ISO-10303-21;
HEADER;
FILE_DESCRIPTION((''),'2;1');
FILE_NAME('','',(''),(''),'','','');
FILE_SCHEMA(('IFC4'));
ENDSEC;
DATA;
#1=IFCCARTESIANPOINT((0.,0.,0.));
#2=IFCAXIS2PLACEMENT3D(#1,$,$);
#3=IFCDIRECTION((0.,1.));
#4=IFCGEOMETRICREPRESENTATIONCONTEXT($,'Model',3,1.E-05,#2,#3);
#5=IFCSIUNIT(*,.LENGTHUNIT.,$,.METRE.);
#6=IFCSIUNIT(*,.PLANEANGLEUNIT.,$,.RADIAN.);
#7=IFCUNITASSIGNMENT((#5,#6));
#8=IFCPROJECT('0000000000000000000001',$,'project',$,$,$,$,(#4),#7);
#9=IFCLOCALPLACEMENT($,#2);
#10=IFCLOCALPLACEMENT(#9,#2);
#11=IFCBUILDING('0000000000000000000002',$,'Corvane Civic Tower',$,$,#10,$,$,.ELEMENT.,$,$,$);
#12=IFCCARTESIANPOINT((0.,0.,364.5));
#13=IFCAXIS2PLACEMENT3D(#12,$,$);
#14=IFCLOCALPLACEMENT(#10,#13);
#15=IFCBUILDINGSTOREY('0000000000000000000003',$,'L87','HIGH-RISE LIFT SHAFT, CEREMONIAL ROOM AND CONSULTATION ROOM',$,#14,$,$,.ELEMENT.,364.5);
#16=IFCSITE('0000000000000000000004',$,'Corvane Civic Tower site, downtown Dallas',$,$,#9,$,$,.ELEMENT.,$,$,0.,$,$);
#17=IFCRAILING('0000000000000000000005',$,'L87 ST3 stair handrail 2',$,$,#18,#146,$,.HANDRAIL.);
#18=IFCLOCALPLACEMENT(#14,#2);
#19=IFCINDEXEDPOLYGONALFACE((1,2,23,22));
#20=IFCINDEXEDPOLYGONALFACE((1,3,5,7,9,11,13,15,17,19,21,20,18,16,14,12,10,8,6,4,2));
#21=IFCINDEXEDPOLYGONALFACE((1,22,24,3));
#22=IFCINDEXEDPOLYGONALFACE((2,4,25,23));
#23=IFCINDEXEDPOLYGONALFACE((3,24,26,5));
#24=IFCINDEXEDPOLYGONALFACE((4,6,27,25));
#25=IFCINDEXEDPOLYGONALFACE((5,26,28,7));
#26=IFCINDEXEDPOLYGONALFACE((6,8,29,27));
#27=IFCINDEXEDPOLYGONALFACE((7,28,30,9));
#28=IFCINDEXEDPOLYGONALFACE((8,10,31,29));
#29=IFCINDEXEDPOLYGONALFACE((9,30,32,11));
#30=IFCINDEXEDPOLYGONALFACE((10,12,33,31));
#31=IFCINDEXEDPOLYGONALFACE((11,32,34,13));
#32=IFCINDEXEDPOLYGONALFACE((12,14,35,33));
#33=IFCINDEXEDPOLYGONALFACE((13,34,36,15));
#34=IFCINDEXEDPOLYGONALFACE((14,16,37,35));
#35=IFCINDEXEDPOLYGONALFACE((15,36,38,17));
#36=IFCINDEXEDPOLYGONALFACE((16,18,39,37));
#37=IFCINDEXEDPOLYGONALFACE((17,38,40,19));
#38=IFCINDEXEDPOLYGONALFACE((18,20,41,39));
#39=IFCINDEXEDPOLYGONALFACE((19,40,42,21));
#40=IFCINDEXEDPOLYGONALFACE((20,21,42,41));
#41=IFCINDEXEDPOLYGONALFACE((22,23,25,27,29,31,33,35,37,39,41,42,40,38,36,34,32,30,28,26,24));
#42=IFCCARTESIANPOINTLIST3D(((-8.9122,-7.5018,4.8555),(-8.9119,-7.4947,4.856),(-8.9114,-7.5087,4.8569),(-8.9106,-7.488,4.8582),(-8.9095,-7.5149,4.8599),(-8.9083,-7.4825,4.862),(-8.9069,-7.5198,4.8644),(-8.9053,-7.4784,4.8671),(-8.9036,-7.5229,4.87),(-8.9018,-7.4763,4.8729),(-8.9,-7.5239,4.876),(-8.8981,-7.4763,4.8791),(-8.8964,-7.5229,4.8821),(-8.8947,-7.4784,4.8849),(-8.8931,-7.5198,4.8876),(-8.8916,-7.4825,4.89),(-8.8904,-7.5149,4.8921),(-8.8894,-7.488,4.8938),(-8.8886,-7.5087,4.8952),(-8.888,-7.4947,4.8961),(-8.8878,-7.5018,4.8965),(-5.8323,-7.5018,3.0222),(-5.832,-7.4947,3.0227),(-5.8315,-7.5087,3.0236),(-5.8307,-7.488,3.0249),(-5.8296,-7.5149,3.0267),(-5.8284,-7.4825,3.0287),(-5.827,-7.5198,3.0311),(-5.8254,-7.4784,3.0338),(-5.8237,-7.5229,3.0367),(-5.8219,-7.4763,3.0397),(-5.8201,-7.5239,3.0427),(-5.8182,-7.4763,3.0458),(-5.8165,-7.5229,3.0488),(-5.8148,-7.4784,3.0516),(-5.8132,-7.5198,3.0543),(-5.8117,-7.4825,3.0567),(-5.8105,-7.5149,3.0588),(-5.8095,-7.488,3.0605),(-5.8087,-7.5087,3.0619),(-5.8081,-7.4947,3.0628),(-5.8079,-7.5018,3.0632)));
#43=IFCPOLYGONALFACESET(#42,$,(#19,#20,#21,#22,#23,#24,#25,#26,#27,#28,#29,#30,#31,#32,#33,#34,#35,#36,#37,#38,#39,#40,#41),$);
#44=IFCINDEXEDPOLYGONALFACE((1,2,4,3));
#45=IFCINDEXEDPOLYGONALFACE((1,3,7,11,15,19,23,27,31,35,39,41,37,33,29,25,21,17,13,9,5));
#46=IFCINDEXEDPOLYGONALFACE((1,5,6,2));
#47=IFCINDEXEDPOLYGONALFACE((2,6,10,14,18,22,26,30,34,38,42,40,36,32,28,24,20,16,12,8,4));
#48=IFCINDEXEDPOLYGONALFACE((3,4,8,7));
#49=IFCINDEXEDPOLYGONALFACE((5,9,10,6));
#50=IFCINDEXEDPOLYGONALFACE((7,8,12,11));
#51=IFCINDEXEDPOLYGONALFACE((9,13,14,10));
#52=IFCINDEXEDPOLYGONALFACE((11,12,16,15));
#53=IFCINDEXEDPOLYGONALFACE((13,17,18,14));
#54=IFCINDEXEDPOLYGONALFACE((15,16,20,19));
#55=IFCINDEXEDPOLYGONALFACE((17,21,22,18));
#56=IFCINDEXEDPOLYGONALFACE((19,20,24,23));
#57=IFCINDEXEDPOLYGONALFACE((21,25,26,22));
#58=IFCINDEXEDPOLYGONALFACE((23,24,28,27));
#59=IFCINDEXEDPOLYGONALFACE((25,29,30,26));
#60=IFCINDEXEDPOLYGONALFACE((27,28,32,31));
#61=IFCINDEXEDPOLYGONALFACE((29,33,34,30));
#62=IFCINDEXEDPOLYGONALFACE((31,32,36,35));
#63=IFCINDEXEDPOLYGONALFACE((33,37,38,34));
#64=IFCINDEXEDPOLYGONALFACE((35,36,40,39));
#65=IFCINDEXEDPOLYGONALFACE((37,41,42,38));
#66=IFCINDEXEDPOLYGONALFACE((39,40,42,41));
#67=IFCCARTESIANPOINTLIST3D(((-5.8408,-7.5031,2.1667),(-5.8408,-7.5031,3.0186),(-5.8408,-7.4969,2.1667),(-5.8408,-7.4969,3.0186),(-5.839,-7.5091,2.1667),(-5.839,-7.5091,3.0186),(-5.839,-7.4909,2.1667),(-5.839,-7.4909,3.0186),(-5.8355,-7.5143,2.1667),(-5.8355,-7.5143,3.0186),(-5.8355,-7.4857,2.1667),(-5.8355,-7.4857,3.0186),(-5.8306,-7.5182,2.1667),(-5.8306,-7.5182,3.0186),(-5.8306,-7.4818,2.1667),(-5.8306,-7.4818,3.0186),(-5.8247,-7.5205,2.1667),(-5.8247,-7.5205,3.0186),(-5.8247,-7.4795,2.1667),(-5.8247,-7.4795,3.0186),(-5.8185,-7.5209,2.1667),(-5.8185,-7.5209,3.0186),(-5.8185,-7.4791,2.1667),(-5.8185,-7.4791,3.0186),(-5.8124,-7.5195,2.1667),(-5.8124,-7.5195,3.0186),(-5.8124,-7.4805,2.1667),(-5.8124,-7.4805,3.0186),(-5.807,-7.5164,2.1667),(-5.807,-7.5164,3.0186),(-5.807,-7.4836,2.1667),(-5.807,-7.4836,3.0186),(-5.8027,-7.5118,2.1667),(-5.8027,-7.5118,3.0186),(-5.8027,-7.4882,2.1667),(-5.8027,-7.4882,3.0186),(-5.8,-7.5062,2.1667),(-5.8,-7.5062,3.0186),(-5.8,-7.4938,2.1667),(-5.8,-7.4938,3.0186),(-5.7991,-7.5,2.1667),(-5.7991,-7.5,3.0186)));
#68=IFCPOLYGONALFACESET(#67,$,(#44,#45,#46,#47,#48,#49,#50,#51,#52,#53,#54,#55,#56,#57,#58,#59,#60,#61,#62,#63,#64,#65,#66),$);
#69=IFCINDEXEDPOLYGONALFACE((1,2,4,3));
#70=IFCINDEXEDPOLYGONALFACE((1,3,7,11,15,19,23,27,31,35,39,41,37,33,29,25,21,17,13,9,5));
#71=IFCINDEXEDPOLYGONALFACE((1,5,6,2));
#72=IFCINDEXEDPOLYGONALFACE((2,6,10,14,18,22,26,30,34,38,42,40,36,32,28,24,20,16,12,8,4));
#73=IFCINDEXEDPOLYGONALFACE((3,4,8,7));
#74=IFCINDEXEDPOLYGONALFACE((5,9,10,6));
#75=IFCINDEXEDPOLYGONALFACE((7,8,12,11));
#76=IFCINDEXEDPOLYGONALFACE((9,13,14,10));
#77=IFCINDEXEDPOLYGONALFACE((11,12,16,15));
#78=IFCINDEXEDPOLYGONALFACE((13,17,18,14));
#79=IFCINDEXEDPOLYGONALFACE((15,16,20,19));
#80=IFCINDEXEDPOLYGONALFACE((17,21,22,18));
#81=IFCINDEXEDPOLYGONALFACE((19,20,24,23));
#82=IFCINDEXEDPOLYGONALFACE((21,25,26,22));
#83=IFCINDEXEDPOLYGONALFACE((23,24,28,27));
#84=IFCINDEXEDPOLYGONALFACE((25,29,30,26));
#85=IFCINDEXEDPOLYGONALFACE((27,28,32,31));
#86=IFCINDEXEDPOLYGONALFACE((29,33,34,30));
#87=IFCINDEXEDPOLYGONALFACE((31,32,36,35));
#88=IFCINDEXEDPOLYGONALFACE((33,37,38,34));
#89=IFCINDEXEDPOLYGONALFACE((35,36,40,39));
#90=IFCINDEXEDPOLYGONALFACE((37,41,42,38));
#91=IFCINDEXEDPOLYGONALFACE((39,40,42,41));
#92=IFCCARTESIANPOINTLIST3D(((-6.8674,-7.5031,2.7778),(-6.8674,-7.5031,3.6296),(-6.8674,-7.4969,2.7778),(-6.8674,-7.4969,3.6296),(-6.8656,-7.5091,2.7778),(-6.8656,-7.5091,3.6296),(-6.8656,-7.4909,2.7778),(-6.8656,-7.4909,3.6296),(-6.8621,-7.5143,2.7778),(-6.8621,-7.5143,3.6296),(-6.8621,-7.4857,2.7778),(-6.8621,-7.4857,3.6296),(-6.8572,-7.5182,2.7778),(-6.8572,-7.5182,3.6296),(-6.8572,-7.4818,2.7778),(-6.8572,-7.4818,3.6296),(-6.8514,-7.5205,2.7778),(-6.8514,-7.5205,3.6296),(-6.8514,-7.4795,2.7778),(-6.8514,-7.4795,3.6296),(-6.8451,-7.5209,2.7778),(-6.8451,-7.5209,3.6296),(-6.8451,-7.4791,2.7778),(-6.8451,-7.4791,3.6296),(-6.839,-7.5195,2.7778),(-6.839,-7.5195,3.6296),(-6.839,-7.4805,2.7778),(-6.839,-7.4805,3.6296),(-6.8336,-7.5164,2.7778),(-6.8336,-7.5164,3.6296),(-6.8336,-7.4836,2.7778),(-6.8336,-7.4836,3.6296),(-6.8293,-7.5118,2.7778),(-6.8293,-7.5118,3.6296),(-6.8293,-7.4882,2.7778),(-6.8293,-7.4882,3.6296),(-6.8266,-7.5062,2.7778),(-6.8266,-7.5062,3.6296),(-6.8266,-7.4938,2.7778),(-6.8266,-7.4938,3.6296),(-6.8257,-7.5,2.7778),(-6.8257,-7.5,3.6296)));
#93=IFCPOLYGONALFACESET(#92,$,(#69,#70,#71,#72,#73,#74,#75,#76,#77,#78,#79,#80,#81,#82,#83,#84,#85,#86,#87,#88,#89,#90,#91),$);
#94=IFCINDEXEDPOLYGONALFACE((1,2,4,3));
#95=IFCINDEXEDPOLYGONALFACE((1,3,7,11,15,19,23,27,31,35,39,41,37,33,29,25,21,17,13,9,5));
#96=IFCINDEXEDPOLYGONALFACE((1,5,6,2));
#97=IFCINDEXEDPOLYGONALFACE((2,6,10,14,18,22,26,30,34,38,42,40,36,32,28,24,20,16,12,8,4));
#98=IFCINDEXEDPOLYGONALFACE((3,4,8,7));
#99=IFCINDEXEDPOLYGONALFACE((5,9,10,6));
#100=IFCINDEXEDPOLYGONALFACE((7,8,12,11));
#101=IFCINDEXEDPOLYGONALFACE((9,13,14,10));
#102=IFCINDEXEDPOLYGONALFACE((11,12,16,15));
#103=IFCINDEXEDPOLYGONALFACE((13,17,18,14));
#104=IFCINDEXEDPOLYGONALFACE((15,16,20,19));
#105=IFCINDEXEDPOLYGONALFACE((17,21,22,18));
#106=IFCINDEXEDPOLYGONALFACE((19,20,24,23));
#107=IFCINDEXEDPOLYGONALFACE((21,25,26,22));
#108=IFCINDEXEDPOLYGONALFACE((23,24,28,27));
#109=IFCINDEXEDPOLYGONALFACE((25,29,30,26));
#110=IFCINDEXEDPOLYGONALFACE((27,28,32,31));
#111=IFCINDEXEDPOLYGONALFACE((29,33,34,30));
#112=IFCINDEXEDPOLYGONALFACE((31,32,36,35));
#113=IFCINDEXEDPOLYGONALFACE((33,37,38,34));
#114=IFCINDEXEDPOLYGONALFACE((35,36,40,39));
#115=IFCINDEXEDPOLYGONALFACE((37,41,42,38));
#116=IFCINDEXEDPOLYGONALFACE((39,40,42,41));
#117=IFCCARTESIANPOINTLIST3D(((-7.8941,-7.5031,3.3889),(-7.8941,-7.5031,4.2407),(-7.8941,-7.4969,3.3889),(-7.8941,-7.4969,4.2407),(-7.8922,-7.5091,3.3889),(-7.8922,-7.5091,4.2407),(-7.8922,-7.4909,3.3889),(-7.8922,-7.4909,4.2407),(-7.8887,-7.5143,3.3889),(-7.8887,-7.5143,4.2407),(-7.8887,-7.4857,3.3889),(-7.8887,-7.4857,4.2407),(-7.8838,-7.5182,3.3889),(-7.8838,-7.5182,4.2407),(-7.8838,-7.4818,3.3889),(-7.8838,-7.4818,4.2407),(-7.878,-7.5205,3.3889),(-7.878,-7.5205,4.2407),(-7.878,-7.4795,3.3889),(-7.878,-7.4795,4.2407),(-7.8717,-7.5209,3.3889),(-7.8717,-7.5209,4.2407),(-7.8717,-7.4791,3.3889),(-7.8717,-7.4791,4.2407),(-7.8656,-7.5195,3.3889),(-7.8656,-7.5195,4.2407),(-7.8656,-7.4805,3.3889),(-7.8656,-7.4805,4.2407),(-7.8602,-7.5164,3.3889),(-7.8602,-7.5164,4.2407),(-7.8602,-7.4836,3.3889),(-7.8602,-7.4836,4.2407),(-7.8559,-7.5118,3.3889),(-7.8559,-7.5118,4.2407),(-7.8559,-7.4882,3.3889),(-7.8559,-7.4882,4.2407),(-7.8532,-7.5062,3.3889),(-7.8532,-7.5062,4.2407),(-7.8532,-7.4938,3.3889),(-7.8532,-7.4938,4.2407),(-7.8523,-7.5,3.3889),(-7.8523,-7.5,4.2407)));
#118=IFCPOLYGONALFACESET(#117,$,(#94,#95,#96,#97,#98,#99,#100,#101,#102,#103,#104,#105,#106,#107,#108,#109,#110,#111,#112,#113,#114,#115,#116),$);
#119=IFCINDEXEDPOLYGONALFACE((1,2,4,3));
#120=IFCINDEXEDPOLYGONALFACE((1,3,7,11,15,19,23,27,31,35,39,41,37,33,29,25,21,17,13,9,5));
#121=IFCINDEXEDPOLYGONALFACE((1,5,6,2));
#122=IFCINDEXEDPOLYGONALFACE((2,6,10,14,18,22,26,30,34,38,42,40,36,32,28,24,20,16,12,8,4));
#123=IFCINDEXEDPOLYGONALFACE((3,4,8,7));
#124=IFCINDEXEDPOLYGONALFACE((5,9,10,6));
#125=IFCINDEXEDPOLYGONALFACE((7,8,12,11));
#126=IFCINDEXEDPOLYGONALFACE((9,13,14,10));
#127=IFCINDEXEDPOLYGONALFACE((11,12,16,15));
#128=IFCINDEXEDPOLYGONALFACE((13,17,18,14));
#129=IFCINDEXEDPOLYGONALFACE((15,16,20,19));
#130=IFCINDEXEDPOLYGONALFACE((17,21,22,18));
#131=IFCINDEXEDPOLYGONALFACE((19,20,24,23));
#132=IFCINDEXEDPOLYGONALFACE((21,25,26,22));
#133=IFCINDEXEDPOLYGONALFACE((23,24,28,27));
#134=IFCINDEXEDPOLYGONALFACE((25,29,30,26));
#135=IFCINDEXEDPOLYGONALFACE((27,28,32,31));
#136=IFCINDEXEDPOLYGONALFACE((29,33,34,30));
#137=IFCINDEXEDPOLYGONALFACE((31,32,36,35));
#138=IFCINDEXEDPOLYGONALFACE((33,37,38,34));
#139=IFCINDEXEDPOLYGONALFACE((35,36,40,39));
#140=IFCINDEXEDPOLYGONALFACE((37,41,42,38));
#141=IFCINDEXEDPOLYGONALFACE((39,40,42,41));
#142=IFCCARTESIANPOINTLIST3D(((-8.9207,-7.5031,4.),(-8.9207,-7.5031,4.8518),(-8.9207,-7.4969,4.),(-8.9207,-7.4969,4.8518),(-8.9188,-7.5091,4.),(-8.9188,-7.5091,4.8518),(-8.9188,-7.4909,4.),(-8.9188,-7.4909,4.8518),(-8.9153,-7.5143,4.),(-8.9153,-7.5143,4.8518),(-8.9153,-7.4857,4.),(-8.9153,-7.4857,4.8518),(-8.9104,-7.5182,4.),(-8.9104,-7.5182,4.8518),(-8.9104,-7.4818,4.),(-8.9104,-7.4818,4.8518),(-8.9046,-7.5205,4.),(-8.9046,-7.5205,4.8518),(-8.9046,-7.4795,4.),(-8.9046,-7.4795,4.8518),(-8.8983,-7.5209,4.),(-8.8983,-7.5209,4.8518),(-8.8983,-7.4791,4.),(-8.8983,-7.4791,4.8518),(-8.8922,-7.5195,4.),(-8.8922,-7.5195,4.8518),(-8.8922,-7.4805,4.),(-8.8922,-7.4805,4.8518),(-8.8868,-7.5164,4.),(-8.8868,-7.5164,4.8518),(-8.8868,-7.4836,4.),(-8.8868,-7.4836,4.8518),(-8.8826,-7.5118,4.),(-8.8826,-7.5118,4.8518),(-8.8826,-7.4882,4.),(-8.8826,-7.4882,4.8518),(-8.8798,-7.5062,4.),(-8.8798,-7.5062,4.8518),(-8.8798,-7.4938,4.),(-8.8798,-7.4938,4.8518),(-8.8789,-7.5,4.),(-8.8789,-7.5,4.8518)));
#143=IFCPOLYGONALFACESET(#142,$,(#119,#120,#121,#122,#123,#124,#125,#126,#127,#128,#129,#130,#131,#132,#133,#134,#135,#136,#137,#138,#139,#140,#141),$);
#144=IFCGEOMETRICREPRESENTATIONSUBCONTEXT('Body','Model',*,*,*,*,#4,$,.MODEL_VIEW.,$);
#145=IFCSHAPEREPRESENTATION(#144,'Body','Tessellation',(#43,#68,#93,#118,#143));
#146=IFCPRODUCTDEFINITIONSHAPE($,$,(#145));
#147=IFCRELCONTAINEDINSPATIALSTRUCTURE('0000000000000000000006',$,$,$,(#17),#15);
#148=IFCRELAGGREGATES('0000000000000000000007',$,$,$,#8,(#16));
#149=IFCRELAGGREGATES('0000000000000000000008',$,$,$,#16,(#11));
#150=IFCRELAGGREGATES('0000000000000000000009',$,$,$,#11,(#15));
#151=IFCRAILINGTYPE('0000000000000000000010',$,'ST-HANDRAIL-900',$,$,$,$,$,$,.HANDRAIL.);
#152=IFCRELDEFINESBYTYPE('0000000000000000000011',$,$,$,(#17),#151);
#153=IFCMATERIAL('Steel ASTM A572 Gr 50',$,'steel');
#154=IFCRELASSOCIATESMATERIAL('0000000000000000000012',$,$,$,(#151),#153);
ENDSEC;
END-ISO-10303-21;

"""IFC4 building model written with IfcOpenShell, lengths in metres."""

from ifc_helpers import new_model, si_unit, direction, frame, origin, origin_2d, place, context, subcontext, project, spatial, circle, extrude, material, type_object, element, save


model = new_model("IFC4")

# Units and contexts
model_context = context("Model", 3, precision=1e-05, world=origin(), true_north=direction((0.0, 1.0)))
body_context = subcontext(model_context, "Body", "Model", "MODEL_VIEW")
ifc_project = project(units=[si_unit("LENGTHUNIT", "METRE"), si_unit("PLANEANGLEUNIT", "RADIAN")], contexts=[model_context])

# Site, building, storey
site_placement = place(None, origin())
site = spatial("IfcSite", under=ifc_project, at=site_placement, Name="Corvane Civic Tower site, downtown Dallas", CompositionType="ELEMENT", RefElevation=0.0)
building_placement = place(site_placement, origin())
building = spatial("IfcBuilding", under=site, at=building_placement, Name="Corvane Civic Tower", CompositionType="ELEMENT")
storey_placement = place(building_placement, frame((0.0, 0.0, 364.5)))
storey = spatial("IfcBuildingStorey", under=building, at=storey_placement, Name="L87", Description="HIGH-RISE LIFT SHAFT, CEREMONIAL ROOM AND CONSULTATION ROOM", CompositionType="ELEMENT", Elevation=364.5)

# Railing
ifc_material_1 = material(Name="Steel ASTM A572 Gr 50", Category="steel")
railing_type = type_object("IfcRailingType", Name="ST-HANDRAIL-900", PredefinedType="HANDRAIL", material=ifc_material_1)
railing_placement = place(storey_placement, frame((-5.8201, -7.5, 2.1667)))
element("IfcRailing", 1, at=railing_placement, inside=storey, type_object=railing_type, Name="L87 ST3 stair handrail 2", PredefinedType="HANDRAIL", context=body_context, shape_type="SweptSolid", body=[
    extrude(circle(Radius=0.0239, at=origin_2d()), frame((0.0, 0.0, 0.876), z_axis=(-0.859291, 0.0, 0.511487), x_axis=(0.0, -1.0, 0.0)), (0.0, 0.0, 1.0), 3.5842),
    extrude(circle(Radius=0.021, at=origin_2d()), origin(), (0.0, 0.0, 1.0), 0.8518),
    extrude(circle(Radius=0.021, at=origin_2d()), frame((-1.0266, 0.0, 0.6111)), (0.0, 0.0, 1.0), 0.8518),
    extrude(circle(Radius=0.021, at=origin_2d()), frame((-2.0532, 0.0, 1.2222)), (0.0, 0.0, 1.0), 0.8518),
    extrude(circle(Radius=0.021, at=origin_2d()), frame((-3.0798, 0.0, 1.8333)), (0.0, 0.0, 1.0), 0.8518),
])

save(model, "model.ifc")
